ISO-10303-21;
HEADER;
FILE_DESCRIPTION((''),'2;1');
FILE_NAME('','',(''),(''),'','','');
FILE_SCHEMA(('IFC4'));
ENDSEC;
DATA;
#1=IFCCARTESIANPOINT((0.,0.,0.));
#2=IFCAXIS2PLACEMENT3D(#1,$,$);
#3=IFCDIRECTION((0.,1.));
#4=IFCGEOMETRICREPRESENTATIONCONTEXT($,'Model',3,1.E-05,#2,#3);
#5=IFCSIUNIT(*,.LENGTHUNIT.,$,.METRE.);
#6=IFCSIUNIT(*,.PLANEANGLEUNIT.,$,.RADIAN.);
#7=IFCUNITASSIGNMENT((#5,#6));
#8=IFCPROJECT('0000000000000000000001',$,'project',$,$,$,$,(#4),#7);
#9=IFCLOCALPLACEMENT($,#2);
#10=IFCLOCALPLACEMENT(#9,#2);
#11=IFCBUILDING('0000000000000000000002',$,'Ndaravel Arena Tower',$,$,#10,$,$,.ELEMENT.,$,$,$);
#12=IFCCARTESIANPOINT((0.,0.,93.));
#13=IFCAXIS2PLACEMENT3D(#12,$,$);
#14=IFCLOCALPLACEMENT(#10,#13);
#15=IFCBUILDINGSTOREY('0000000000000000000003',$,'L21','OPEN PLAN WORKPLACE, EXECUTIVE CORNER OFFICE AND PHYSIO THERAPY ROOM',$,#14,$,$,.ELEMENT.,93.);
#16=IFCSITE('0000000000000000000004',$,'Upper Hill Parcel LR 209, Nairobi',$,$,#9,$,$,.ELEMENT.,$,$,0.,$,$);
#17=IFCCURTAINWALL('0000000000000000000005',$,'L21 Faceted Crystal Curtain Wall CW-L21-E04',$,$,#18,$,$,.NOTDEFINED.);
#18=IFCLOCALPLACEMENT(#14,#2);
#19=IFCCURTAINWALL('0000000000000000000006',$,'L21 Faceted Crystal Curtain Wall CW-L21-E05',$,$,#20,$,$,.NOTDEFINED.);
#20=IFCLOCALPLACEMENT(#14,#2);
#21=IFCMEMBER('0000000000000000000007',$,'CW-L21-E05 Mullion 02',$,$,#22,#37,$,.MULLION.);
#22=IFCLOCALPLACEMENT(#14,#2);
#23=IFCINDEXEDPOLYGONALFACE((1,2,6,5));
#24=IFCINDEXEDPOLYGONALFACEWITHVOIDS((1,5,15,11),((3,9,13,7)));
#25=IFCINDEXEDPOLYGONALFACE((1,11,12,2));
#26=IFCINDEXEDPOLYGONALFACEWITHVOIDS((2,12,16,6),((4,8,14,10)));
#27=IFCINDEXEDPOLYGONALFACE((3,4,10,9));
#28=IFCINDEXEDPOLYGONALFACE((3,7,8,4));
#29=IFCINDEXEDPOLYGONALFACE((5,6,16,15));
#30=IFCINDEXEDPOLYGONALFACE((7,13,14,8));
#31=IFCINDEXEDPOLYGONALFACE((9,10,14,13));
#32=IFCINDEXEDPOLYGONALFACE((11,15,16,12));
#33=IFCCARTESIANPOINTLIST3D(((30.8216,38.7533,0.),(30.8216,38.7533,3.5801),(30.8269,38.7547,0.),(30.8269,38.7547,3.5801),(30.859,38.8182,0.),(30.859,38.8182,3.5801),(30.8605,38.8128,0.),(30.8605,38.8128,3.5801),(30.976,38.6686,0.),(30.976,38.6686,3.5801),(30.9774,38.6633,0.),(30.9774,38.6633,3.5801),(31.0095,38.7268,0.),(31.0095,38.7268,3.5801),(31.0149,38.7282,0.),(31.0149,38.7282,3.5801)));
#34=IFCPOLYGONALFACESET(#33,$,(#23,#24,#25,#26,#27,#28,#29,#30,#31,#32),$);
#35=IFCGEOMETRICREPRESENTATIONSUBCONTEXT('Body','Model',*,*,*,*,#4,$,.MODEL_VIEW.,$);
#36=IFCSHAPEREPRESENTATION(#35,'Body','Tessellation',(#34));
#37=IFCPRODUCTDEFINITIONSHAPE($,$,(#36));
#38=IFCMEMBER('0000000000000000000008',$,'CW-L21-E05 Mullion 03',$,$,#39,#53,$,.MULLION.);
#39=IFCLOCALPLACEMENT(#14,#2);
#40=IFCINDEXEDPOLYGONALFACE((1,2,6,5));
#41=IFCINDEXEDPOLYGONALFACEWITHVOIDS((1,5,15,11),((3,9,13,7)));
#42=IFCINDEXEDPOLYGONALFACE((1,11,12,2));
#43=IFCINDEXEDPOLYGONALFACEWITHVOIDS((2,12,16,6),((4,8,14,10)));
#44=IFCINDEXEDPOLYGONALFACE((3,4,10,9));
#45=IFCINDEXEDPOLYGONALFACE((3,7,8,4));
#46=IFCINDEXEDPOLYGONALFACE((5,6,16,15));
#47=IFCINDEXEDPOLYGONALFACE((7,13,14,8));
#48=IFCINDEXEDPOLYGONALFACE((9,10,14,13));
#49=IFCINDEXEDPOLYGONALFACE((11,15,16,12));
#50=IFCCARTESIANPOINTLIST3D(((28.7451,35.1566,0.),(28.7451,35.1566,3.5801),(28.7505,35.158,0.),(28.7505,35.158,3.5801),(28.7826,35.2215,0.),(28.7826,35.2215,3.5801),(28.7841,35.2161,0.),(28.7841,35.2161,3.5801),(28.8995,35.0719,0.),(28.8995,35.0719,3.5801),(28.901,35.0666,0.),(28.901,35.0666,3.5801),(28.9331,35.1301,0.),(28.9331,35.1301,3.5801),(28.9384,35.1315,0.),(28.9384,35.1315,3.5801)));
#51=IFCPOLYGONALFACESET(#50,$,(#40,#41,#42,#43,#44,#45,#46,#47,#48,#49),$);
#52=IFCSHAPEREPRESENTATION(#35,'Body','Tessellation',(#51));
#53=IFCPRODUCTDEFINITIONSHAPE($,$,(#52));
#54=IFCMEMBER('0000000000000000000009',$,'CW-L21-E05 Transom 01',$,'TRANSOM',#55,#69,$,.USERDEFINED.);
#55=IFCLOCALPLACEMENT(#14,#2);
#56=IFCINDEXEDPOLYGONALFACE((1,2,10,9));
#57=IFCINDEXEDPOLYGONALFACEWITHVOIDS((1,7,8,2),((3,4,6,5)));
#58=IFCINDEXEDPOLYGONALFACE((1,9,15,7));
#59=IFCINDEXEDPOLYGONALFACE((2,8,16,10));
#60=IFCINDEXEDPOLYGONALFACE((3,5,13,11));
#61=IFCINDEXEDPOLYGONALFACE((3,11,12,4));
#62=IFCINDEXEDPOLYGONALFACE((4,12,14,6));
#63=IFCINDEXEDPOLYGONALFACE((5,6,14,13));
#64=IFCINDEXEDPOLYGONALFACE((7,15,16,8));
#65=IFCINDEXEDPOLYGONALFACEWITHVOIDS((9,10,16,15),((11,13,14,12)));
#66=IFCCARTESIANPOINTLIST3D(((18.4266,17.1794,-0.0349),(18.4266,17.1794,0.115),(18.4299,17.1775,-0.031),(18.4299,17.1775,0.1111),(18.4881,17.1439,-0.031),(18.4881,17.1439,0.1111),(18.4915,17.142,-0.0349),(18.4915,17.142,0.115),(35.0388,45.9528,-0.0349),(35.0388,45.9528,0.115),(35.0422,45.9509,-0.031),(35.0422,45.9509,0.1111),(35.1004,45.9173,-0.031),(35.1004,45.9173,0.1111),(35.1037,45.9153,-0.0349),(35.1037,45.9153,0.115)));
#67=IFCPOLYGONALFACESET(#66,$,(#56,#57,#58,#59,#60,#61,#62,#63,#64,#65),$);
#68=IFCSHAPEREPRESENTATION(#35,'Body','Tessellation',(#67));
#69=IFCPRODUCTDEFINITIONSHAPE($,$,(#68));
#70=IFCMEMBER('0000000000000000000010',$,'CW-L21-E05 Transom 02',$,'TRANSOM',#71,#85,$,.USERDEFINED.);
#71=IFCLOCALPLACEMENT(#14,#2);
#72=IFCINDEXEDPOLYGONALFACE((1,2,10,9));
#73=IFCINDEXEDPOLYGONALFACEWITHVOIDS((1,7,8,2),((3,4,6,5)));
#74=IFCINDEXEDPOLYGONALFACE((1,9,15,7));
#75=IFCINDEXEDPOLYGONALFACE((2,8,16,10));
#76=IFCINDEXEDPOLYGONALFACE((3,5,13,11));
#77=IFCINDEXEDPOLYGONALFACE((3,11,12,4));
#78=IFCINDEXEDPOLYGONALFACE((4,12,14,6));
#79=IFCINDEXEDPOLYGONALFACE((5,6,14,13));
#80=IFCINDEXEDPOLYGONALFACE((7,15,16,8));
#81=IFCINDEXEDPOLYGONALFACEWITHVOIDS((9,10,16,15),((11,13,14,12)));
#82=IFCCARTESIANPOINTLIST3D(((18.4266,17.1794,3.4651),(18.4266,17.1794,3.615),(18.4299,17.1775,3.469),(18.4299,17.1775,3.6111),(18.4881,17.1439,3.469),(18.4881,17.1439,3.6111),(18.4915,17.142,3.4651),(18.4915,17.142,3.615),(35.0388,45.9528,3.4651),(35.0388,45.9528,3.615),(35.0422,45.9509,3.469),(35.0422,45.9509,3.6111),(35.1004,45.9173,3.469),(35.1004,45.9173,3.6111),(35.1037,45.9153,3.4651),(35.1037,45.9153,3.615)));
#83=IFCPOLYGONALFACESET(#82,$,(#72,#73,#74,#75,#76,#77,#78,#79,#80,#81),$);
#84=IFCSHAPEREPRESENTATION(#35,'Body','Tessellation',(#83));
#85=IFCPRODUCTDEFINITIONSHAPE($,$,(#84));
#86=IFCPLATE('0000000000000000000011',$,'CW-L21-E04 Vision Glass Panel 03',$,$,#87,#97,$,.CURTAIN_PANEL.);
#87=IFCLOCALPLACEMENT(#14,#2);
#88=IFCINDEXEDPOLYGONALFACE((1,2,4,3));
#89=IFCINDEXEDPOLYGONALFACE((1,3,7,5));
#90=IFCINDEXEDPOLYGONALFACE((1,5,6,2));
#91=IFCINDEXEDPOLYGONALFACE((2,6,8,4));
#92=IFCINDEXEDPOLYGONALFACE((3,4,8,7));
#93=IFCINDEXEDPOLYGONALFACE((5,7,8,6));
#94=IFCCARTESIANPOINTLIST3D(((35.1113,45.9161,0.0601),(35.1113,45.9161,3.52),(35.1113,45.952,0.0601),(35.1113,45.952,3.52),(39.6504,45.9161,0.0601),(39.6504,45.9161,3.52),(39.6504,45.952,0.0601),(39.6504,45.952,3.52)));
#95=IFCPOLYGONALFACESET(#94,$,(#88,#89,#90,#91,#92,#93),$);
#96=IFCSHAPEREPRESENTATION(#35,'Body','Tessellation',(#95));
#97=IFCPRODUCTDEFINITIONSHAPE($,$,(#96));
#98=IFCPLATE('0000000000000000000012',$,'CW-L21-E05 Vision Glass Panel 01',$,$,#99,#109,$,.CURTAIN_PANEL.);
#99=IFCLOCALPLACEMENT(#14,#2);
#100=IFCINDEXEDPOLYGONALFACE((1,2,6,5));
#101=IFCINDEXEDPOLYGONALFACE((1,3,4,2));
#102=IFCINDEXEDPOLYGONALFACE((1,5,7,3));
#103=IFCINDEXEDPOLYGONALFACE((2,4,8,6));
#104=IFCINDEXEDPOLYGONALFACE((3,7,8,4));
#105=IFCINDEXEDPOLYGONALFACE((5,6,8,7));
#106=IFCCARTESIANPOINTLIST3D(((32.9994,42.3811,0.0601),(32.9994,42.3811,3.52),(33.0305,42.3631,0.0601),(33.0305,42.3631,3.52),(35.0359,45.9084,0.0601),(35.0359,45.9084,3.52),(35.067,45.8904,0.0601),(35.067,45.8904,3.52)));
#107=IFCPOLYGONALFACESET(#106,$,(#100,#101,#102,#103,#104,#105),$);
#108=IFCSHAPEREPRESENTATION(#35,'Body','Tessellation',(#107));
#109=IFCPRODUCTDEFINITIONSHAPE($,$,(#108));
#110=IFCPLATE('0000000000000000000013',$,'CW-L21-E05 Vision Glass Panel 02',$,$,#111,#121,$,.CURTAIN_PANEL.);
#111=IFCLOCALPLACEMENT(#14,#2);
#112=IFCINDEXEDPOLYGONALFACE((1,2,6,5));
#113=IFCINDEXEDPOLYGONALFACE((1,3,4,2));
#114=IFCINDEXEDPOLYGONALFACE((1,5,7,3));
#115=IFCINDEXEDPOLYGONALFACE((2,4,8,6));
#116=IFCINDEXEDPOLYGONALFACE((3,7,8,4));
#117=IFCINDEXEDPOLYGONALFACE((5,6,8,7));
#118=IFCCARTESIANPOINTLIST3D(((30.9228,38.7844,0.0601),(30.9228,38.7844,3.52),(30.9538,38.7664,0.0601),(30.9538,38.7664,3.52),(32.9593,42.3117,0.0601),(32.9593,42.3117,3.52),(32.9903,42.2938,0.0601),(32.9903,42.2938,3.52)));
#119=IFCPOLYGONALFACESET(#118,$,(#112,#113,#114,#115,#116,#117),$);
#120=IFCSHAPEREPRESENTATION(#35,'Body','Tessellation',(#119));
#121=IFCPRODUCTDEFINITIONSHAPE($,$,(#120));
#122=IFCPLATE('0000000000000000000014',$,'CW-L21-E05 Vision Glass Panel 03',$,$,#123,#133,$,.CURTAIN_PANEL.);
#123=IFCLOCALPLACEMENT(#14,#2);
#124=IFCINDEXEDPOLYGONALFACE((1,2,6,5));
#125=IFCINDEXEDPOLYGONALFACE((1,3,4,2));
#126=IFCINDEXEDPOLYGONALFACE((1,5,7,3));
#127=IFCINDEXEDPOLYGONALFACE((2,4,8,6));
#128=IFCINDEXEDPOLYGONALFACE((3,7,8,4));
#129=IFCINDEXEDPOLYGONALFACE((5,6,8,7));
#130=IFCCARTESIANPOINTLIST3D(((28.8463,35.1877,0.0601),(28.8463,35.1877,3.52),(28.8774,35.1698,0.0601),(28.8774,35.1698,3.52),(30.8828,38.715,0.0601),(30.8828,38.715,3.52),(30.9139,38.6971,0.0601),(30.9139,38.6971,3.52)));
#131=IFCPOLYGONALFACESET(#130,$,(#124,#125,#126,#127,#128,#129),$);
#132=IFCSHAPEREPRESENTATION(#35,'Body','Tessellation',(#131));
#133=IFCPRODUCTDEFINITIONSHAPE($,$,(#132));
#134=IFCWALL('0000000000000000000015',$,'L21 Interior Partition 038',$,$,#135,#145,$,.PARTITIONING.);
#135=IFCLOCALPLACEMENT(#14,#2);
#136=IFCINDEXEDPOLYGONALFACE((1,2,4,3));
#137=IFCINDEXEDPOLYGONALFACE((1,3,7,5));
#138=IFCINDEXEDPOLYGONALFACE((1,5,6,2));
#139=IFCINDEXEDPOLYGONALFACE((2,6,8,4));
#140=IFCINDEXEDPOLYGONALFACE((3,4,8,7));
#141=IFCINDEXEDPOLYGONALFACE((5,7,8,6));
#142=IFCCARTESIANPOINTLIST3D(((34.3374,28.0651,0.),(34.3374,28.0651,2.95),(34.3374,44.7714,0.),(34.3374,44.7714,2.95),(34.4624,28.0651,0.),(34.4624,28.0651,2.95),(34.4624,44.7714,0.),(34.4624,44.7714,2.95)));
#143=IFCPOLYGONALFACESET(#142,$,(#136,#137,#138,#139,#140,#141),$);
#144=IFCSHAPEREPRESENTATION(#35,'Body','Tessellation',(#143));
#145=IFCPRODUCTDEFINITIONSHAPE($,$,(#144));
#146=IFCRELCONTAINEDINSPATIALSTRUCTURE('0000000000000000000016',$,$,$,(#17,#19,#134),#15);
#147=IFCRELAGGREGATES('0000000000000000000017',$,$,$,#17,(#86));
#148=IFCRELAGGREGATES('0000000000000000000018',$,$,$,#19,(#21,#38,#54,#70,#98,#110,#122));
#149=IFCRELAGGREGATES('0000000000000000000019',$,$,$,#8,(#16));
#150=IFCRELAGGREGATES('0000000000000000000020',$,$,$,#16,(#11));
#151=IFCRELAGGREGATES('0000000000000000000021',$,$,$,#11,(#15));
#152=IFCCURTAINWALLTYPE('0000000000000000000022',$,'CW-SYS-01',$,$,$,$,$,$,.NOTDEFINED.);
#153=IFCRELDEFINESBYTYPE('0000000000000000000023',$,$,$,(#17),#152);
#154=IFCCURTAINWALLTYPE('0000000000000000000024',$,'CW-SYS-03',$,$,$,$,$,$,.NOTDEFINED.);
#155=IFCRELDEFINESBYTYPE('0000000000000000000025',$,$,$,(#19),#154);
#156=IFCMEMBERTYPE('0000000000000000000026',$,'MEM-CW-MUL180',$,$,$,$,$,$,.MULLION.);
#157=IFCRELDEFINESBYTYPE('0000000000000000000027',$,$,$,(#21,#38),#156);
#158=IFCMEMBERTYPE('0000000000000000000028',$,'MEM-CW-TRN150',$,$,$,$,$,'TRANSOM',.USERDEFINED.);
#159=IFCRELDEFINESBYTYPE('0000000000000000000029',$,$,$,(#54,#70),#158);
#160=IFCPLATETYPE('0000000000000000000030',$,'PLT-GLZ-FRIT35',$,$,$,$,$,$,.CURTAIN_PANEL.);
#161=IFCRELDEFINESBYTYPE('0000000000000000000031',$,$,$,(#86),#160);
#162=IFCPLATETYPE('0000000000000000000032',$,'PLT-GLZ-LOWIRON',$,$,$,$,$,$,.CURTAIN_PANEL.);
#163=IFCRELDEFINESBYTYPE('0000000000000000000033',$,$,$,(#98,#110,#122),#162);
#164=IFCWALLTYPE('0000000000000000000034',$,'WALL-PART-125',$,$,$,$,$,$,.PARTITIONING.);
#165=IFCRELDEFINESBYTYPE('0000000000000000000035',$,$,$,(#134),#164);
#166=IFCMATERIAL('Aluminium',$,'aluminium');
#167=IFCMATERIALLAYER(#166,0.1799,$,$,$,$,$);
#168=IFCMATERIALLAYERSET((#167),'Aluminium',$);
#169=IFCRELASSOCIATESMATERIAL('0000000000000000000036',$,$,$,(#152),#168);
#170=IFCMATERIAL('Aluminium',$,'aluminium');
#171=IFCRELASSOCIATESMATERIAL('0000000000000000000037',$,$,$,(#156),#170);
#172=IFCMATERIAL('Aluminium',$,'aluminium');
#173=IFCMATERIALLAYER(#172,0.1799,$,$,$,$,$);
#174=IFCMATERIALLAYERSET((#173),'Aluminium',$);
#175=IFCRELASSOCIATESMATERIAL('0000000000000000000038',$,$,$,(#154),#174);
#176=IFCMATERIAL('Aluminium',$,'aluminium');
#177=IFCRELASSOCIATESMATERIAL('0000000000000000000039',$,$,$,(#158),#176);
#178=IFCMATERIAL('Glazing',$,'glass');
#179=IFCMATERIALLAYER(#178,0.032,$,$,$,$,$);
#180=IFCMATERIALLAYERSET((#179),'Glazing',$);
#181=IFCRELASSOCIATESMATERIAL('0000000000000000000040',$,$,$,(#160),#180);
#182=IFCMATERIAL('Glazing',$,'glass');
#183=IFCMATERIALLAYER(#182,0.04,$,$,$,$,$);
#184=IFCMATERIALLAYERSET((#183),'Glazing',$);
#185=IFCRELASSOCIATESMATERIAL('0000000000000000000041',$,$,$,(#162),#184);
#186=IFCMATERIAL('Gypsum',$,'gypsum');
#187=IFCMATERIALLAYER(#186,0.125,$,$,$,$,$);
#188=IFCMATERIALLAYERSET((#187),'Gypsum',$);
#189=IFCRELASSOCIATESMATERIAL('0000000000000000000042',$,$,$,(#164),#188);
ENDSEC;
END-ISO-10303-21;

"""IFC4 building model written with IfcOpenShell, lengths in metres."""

from ifc_helpers import new_model, si_unit, direction, frame, frame_2d, origin, origin_2d, place, context, subcontext, project, spatial, rectangle, hollow_rectangle, extrude, material, layer, layer_set, material_profile, profile_set, type_object, element, aggregate, save


model = new_model("IFC4")

# Units and contexts
model_context = context("Model", 3, precision=1e-05, world=origin(), true_north=direction((0.0, 1.0)))
body_context = subcontext(model_context, "Body", "Model", "MODEL_VIEW")
ifc_project = project(units=[si_unit("LENGTHUNIT", "METRE"), si_unit("PLANEANGLEUNIT", "RADIAN")], contexts=[model_context])

# Site, building, storey
site_placement = place(None, origin())
site = spatial("IfcSite", under=ifc_project, at=site_placement, Name="Upper Hill Parcel LR 209, Nairobi", CompositionType="ELEMENT", RefElevation=0.0)
building_placement = place(site_placement, origin())
building = spatial("IfcBuilding", under=site, at=building_placement, Name="Ndaravel Arena Tower", CompositionType="ELEMENT")
storey_placement = place(building_placement, frame((0.0, 0.0, 93.0)))
storey = spatial("IfcBuildingStorey", under=building, at=storey_placement, Name="L21", Description="OPEN PLAN WORKPLACE, EXECUTIVE CORNER OFFICE AND PHYSIO THERAPY ROOM", CompositionType="ELEMENT", Elevation=93.0)

# Curtain wall
ifc_material_1 = material(Name="Aluminium", Category="aluminium")
ifc_layer_1 = layer(ifc_material_1, 0.1799)
ifc_layer_set_1 = layer_set([ifc_layer_1], Name="Aluminium")
curtain_wall_type_1 = type_object("IfcCurtainWallType", Name="CW-SYS-01", PredefinedType="NOTDEFINED", material=ifc_layer_set_1)
curtain_wall_1_placement = place(storey_placement, origin())
curtain_wall_1 = element("IfcCurtainWall", 1, at=curtain_wall_1_placement, inside=storey, type_object=curtain_wall_type_1, Name="L21 Faceted Crystal Curtain Wall CW-L21-E04", PredefinedType="NOTDEFINED")
ifc_material_2 = material(Name="Aluminium", Category="aluminium")
ifc_material_profile_1 = material_profile(ifc_material_2, hollow_rectangle(XDim=0.075, YDim=0.1799, WallThickness=0.0039, at=origin_2d()), Name="CW MULLION 75x180x4")
ifc_profile_set_1 = profile_set([ifc_material_profile_1], Name="Aluminium")
member_type_1 = type_object("IfcMemberType", Name="MEM-CW-MUL180", PredefinedType="MULLION", material=ifc_profile_set_1)

# Curtain wall, members
ifc_material_3 = material(Name="Aluminium", Category="aluminium")
ifc_layer_2 = layer(ifc_material_3, 0.1799)
ifc_layer_set_2 = layer_set([ifc_layer_2], Name="Aluminium")
curtain_wall_type_2 = type_object("IfcCurtainWallType", Name="CW-SYS-03", PredefinedType="NOTDEFINED", material=ifc_layer_set_2)
curtain_wall_2_placement = place(storey_placement, origin())
curtain_wall_2 = element("IfcCurtainWall", 2, at=curtain_wall_2_placement, inside=storey, type_object=curtain_wall_type_2, Name="L21 Faceted Crystal Curtain Wall CW-L21-E05", PredefinedType="NOTDEFINED")
member_1_placement = place(storey_placement, frame((30.9182, 38.7407, 0.0), z_axis=(0.0, 0.0, 1.0), x_axis=(-0.5, -0.866025, 0.0)))
member_1 = element("IfcMember", 3, at=member_1_placement, type_object=member_type_1, Name="CW-L21-E05 Mullion 02", PredefinedType="MULLION", context=body_context, shape_type="SweptSolid", body=[
    extrude(hollow_rectangle(XDim=0.075, YDim=0.1799, WallThickness=0.0039, at=origin_2d()), origin(), (0.0, 0.0, 1.0), 3.5801),
])
member_2_placement = place(storey_placement, frame((28.8418, 35.144, 0.0), z_axis=(0.0, 0.0, 1.0), x_axis=(-0.5, -0.866025, 0.0)))
member_2 = element("IfcMember", 4, at=member_2_placement, type_object=member_type_1, Name="CW-L21-E05 Mullion 03", PredefinedType="MULLION", context=body_context, shape_type="SweptSolid", body=[
    extrude(hollow_rectangle(XDim=0.075, YDim=0.1799, WallThickness=0.0039, at=origin_2d()), origin(), (0.0, 0.0, 1.0), 3.5801),
])
ifc_material_4 = material(Name="Aluminium", Category="aluminium")
ifc_material_profile_2 = material_profile(ifc_material_4, hollow_rectangle(XDim=0.075, YDim=0.1499, WallThickness=0.0039, at=origin_2d()), Name="CW TRANSOM 75x150x4")
ifc_profile_set_2 = profile_set([ifc_material_profile_2], Name="Aluminium")
member_type_2 = type_object("IfcMemberType", Name="MEM-CW-TRN150", ElementType="TRANSOM", PredefinedType="USERDEFINED", material=ifc_profile_set_2)
member_3_placement = place(storey_placement, frame((35.0713, 45.9341, 0.04), z_axis=(-0.499999, -0.866026, 0.0), x_axis=(0.866026, -0.499999, 0.0)))
member_3 = element("IfcMember", 5, at=member_3_placement, type_object=member_type_2, Name="CW-L21-E05 Transom 01", ObjectType="TRANSOM", PredefinedType="USERDEFINED", context=body_context, shape_type="SweptSolid", body=[
    extrude(hollow_rectangle(XDim=0.075, YDim=0.1499, WallThickness=0.0039, at=origin_2d()), origin(), (0.0, 0.0, 1.0), 33.2246),
])
member_4_placement = place(storey_placement, frame((35.0713, 45.9341, 3.54), z_axis=(-0.499999, -0.866026, 0.0), x_axis=(0.866026, -0.499999, 0.0)))
member_4 = element("IfcMember", 6, at=member_4_placement, type_object=member_type_2, Name="CW-L21-E05 Transom 02", ObjectType="TRANSOM", PredefinedType="USERDEFINED", context=body_context, shape_type="SweptSolid", body=[
    extrude(hollow_rectangle(XDim=0.075, YDim=0.1499, WallThickness=0.0039, at=origin_2d()), origin(), (0.0, 0.0, 1.0), 33.2246),
])

# Plates
ifc_material_5 = material(Name="Glazing", Category="glass")
ifc_layer_3 = layer(ifc_material_5, 0.032)
ifc_layer_set_3 = layer_set([ifc_layer_3], Name="Glazing")
plate_type_1 = type_object("IfcPlateType", Name="PLT-GLZ-FRIT35", PredefinedType="CURTAIN_PANEL", material=ifc_layer_set_3)
plate_1_placement = place(storey_placement, frame((37.3809, 45.9341, 0.0601), z_axis=(0.0, 0.0, 1.0), x_axis=(-1.0, 0.0, 0.0)))
plate_1 = element("IfcPlate", 7, at=plate_1_placement, type_object=plate_type_1, Name="CW-L21-E04 Vision Glass Panel 03", PredefinedType="CURTAIN_PANEL", context=body_context, shape_type="SweptSolid", body=[
    extrude(rectangle(XDim=4.5391, YDim=0.0359, at=origin_2d()), origin(), (0.0, 0.0, 1.0), 3.46),
])
aggregate(curtain_wall_1, [plate_1])
ifc_material_6 = material(Name="Glazing", Category="glass")
ifc_layer_4 = layer(ifc_material_6, 0.04)
ifc_layer_set_4 = layer_set([ifc_layer_4], Name="Glazing")
plate_type_2 = type_object("IfcPlateType", Name="PLT-GLZ-LOWIRON", PredefinedType="CURTAIN_PANEL", material=ifc_layer_set_4)
plate_2_placement = place(storey_placement, frame((34.0332, 44.1357, 0.0601), z_axis=(0.0, 0.0, 1.0), x_axis=(-0.5, -0.866025, 0.0)))
plate_2 = element("IfcPlate", 8, at=plate_2_placement, type_object=plate_type_2, Name="CW-L21-E05 Vision Glass Panel 01", PredefinedType="CURTAIN_PANEL", context=body_context, shape_type="SweptSolid", body=[
    extrude(rectangle(XDim=4.073, YDim=0.0359, at=origin_2d()), origin(), (0.0, 0.0, 1.0), 3.46),
])
plate_3_placement = place(storey_placement, frame((31.9565, 40.5391, 0.0601), z_axis=(0.0, 0.0, 1.0), x_axis=(-0.5, -0.866025, 0.0)))
plate_3 = element("IfcPlate", 9, at=plate_3_placement, type_object=plate_type_2, Name="CW-L21-E05 Vision Glass Panel 02", PredefinedType="CURTAIN_PANEL", context=body_context, shape_type="SweptSolid", body=[
    extrude(rectangle(XDim=4.073, YDim=0.0359, at=origin_2d()), origin(), (0.0, 0.0, 1.0), 3.46),
])
plate_4_placement = place(storey_placement, frame((29.8801, 36.9424, 0.0601), z_axis=(0.0, 0.0, 1.0), x_axis=(-0.5, -0.866025, 0.0)))
plate_4 = element("IfcPlate", 10, at=plate_4_placement, type_object=plate_type_2, Name="CW-L21-E05 Vision Glass Panel 03", PredefinedType="CURTAIN_PANEL", context=body_context, shape_type="SweptSolid", body=[
    extrude(rectangle(XDim=4.073, YDim=0.0359, at=origin_2d()), origin(), (0.0, 0.0, 1.0), 3.46),
])
aggregate(curtain_wall_2, [member_1, member_2, member_3, member_4, plate_2, plate_3, plate_4])

# Wall
ifc_material_7 = material(Name="Gypsum", Category="gypsum")
ifc_layer_5 = layer(ifc_material_7, 0.125)
ifc_layer_set_5 = layer_set([ifc_layer_5], Name="Gypsum")
wall_type = type_object("IfcWallType", Name="WALL-PART-125", PredefinedType="PARTITIONING", material=ifc_layer_set_5)
wall_placement = place(storey_placement, frame((34.3999, 44.7712, 0.0), z_axis=(0.0, 0.0, 1.0), x_axis=(0.0, -1.0, 0.0)))
element("IfcWall", 11, at=wall_placement, inside=storey, type_object=wall_type, Name="L21 Interior Partition 038", PredefinedType="PARTITIONING", context=body_context, shape_type="SweptSolid", body=[
    extrude(rectangle(XDim=16.7063, YDim=0.125, at=frame_2d((8.353, 0.0))), origin(), (0.0, 0.0, 1.0), 2.95),
])

save(model, "model.ifc")
